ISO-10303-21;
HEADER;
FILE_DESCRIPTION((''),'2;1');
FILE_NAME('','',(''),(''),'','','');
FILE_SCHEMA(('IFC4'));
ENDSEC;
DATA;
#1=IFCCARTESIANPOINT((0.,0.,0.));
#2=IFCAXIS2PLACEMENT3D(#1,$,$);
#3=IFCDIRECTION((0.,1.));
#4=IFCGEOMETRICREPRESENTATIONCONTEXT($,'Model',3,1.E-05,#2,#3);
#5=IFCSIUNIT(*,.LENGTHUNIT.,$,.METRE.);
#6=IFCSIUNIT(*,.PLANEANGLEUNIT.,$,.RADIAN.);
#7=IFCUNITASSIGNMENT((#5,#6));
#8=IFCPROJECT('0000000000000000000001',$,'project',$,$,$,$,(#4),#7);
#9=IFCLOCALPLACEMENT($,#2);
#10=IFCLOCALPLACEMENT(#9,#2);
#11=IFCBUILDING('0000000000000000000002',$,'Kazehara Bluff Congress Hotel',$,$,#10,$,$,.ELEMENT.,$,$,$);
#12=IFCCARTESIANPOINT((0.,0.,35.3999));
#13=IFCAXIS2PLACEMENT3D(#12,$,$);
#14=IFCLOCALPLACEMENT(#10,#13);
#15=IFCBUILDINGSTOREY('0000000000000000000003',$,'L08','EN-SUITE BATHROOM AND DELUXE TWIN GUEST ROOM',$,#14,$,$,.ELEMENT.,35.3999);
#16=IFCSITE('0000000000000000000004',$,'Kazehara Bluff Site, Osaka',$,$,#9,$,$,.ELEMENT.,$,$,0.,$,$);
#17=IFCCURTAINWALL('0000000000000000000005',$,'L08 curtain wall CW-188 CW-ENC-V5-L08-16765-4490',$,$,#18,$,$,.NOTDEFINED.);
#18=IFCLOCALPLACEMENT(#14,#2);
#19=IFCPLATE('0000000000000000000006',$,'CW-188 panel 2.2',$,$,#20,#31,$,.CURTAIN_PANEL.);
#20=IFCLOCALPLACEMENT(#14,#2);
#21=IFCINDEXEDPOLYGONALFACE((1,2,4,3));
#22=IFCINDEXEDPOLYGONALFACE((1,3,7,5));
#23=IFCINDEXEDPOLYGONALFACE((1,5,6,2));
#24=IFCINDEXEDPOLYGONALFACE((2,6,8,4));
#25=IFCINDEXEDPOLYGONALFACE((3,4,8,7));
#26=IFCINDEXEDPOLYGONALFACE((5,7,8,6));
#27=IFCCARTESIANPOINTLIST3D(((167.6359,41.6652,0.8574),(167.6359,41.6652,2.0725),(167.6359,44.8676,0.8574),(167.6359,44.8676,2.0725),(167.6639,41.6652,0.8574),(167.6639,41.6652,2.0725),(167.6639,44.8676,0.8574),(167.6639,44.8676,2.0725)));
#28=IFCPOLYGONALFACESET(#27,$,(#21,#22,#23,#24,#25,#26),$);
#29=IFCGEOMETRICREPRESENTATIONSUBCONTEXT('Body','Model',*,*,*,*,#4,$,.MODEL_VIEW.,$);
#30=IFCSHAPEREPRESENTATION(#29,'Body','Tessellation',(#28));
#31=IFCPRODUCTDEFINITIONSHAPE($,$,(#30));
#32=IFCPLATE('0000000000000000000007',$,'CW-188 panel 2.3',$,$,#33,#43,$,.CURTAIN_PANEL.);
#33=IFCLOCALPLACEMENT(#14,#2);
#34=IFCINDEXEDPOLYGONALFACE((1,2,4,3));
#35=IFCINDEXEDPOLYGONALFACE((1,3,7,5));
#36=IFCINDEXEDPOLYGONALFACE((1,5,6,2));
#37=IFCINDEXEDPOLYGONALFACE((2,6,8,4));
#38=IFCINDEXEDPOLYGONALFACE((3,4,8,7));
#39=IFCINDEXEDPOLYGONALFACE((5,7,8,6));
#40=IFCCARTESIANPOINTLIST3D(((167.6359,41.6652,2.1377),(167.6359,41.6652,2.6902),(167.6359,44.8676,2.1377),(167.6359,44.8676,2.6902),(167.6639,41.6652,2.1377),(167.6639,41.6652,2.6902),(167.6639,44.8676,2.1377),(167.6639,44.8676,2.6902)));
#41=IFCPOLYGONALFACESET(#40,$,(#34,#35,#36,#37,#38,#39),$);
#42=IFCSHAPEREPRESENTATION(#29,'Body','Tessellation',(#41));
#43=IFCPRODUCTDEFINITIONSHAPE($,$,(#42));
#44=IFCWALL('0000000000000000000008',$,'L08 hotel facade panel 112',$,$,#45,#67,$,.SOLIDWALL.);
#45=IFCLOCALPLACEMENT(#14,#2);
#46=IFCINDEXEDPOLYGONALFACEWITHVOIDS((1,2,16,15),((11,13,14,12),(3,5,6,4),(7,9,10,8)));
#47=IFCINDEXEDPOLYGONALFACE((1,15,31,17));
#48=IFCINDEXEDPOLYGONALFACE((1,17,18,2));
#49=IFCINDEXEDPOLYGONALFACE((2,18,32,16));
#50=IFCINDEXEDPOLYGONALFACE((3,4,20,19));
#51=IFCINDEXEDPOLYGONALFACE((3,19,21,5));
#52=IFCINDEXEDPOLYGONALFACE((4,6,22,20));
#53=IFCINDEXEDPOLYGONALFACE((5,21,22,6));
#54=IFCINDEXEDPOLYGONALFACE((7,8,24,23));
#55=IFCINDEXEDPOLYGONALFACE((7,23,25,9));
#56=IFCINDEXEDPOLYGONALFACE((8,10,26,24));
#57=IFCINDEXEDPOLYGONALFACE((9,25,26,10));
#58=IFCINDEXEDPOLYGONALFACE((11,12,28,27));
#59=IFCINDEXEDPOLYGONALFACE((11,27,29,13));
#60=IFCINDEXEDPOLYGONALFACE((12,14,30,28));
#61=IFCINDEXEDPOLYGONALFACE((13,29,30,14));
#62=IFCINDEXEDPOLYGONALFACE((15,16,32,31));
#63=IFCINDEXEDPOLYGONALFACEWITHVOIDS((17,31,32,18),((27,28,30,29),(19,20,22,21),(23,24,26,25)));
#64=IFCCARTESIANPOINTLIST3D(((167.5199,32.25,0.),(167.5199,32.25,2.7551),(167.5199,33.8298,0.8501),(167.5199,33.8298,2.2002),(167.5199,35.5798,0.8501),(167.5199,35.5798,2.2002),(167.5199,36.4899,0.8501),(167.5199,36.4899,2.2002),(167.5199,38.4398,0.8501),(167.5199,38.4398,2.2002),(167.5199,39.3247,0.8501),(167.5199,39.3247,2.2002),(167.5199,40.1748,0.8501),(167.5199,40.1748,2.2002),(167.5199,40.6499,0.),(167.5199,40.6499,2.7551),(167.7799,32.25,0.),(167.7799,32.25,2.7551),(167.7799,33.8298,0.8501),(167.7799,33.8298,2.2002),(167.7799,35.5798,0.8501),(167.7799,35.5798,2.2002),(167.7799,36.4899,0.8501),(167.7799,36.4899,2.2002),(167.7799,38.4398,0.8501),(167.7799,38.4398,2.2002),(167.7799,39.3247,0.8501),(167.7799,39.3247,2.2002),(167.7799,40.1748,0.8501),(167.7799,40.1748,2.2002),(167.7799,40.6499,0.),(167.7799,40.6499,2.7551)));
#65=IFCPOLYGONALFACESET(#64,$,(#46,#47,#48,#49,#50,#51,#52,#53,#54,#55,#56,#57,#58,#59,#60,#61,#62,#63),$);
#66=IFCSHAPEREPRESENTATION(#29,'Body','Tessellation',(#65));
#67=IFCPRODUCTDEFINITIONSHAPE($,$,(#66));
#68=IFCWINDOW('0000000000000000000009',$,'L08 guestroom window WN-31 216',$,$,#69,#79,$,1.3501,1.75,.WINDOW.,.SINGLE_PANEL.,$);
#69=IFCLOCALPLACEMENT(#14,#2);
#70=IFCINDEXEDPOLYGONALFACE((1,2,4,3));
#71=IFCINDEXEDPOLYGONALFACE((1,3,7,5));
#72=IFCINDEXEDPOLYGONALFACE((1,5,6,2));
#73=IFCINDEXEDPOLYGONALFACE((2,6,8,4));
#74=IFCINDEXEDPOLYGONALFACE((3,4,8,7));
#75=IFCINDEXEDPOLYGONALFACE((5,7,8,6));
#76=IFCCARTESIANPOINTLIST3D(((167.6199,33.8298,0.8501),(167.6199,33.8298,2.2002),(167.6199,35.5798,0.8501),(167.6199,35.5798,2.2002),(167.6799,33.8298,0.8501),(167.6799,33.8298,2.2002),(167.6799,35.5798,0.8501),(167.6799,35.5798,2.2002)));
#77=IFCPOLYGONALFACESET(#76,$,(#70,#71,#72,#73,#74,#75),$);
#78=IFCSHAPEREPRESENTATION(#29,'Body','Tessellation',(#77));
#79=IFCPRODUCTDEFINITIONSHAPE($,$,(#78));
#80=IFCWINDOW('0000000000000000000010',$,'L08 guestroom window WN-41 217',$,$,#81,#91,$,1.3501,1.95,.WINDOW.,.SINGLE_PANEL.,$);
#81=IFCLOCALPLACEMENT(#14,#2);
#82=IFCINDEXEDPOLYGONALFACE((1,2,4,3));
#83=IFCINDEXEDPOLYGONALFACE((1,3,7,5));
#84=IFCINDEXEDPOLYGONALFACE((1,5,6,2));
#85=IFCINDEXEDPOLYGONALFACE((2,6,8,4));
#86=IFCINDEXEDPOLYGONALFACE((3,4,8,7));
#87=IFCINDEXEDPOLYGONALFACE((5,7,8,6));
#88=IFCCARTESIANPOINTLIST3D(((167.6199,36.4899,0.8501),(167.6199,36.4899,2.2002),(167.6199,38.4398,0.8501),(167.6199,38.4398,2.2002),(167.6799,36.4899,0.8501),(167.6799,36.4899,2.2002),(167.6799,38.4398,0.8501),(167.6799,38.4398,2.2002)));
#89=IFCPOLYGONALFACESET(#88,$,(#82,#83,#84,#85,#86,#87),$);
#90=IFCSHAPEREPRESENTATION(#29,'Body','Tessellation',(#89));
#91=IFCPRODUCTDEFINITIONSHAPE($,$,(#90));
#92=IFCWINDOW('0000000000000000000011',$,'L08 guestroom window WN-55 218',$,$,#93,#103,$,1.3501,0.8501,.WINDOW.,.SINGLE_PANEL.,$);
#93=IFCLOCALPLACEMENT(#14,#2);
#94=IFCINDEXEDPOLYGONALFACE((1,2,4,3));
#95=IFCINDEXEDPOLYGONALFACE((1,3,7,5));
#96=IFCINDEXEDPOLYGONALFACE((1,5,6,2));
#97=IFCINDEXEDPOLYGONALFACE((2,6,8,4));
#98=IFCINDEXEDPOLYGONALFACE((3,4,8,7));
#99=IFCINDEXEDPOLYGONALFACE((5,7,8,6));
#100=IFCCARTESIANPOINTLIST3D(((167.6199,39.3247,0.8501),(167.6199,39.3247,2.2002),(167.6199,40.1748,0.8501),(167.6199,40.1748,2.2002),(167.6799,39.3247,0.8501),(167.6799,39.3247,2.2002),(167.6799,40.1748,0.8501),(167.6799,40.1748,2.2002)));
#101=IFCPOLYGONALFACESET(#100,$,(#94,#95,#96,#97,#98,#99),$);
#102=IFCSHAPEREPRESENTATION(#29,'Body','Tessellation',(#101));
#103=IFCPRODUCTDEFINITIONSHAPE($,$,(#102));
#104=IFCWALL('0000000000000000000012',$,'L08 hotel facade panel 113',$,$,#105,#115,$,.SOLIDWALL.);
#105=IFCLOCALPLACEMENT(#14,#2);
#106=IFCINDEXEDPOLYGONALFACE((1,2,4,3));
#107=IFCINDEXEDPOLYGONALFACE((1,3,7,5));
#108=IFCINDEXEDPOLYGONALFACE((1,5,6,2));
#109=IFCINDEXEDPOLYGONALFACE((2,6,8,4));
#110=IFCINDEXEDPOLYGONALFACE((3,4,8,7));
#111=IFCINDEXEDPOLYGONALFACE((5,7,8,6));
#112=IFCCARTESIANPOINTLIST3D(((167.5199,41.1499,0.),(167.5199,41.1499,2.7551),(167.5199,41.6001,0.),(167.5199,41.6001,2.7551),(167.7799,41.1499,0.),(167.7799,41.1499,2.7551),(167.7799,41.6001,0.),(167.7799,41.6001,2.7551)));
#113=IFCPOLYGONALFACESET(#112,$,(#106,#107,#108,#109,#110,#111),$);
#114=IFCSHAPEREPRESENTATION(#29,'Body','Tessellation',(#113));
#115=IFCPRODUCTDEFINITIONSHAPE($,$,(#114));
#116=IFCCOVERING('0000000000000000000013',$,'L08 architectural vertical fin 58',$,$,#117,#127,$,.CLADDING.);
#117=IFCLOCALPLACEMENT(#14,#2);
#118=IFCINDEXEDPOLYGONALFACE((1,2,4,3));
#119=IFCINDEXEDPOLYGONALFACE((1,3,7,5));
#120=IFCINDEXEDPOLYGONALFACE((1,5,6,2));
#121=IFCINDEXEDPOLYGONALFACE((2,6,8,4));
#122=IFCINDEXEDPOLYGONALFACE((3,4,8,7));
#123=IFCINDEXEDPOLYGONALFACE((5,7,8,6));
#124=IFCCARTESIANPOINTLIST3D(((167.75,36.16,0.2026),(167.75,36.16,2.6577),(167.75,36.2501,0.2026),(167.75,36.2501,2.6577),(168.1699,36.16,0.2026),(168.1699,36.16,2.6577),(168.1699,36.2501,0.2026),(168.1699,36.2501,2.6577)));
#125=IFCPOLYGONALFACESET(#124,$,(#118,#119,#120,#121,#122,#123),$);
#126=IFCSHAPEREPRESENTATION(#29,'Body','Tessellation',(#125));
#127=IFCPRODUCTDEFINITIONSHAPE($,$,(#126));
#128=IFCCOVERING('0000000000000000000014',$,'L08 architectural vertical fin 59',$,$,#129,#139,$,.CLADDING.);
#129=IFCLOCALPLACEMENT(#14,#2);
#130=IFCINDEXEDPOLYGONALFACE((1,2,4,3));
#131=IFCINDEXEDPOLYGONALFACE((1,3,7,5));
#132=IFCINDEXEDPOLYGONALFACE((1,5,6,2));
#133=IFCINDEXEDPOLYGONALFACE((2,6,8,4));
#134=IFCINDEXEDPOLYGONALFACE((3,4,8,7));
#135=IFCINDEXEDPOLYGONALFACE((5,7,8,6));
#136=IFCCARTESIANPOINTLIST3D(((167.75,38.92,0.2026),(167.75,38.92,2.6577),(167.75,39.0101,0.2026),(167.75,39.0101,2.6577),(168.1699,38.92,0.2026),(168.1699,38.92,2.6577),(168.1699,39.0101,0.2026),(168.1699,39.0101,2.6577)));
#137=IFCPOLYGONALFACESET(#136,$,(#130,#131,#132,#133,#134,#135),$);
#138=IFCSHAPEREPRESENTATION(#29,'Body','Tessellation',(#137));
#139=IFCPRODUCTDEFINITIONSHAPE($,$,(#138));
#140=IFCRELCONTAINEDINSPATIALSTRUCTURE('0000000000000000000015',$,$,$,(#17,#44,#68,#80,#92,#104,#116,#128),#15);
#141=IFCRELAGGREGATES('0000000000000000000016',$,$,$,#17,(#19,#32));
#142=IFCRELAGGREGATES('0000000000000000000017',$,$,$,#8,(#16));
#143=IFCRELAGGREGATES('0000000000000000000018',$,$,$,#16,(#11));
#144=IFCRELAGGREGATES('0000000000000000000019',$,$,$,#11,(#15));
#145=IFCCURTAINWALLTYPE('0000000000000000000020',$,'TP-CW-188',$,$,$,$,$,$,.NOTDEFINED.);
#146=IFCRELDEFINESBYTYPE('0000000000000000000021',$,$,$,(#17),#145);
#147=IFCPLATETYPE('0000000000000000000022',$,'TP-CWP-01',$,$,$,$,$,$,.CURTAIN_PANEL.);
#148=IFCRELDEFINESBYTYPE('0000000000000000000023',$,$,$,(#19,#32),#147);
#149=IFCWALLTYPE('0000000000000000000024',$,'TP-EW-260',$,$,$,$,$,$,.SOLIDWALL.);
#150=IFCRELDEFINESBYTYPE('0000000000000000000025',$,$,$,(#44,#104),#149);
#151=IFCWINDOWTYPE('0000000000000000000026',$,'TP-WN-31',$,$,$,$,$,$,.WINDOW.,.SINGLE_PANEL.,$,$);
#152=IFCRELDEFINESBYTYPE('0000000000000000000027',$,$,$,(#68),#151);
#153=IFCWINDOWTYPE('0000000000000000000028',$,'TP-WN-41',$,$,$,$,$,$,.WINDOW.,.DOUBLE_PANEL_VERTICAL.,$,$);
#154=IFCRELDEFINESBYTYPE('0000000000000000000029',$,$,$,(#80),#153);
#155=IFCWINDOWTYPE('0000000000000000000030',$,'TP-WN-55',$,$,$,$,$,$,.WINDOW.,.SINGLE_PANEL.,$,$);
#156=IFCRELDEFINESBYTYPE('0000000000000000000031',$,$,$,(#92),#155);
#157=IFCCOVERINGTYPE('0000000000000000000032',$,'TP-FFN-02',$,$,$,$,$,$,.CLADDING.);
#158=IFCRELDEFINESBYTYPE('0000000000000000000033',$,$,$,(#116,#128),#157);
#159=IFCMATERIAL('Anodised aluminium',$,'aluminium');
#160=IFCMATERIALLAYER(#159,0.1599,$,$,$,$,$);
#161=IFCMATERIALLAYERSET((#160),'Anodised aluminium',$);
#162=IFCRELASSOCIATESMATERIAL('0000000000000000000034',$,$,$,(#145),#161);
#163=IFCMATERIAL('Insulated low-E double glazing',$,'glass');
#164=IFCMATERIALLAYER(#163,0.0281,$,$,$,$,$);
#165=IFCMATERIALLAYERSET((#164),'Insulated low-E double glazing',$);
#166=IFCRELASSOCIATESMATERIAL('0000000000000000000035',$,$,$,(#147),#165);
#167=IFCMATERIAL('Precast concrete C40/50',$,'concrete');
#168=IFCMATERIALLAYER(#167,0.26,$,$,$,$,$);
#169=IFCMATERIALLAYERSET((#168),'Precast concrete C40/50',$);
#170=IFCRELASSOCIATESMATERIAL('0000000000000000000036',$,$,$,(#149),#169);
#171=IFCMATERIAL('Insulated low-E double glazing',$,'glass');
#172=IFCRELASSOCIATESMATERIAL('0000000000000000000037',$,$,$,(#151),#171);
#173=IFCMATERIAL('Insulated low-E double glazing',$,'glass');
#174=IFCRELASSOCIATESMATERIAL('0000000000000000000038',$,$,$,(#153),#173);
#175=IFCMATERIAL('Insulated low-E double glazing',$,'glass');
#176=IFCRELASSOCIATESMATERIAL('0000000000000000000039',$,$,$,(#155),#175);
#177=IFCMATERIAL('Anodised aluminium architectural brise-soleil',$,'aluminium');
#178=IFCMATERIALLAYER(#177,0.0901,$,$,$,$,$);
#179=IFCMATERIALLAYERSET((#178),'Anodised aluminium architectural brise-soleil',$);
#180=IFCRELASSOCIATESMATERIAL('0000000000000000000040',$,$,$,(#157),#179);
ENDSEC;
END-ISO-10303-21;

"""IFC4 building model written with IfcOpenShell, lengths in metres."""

from ifc_helpers import new_model, si_unit, direction, frame, frame_2d, origin, origin_2d, place, context, subcontext, project, spatial, rectangle, extrude, material, layer, layer_set, type_object, element, fill, aggregate, save


model = new_model("IFC4")

# Units and contexts
model_context = context("Model", 3, precision=1e-05, world=origin(), true_north=direction((0.0, 1.0)))
body_context = subcontext(model_context, "Body", "Model", "MODEL_VIEW")
ifc_project = project(units=[si_unit("LENGTHUNIT", "METRE"), si_unit("PLANEANGLEUNIT", "RADIAN")], contexts=[model_context])

# Site, building, storey
site_placement = place(None, origin())
site = spatial("IfcSite", under=ifc_project, at=site_placement, Name="Kazehara Bluff Site, Osaka", CompositionType="ELEMENT", RefElevation=0.0)
building_placement = place(site_placement, origin())
building = spatial("IfcBuilding", under=site, at=building_placement, Name="Kazehara Bluff Congress Hotel", CompositionType="ELEMENT")
storey_placement = place(building_placement, frame((0.0, 0.0, 35.3999)))
storey = spatial("IfcBuildingStorey", under=building, at=storey_placement, Name="L08", Description="EN-SUITE BATHROOM AND DELUXE TWIN GUEST ROOM", CompositionType="ELEMENT", Elevation=35.3999)

# Curtain wall, plates
ifc_material_1 = material(Name="Anodised aluminium", Category="aluminium")
ifc_layer_1 = layer(ifc_material_1, 0.1599)
ifc_layer_set_1 = layer_set([ifc_layer_1], Name="Anodised aluminium")
curtain_wall_type = type_object("IfcCurtainWallType", Name="TP-CW-188", PredefinedType="NOTDEFINED", material=ifc_layer_set_1)
curtain_wall_placement = place(storey_placement, origin())
curtain_wall = element("IfcCurtainWall", 1, at=curtain_wall_placement, inside=storey, type_object=curtain_wall_type, Name="L08 curtain wall CW-188 CW-ENC-V5-L08-16765-4490", PredefinedType="NOTDEFINED")
ifc_material_2 = material(Name="Insulated low-E double glazing", Category="glass")
ifc_layer_2 = layer(ifc_material_2, 0.0281)
ifc_layer_set_2 = layer_set([ifc_layer_2], Name="Insulated low-E double glazing")
plate_type = type_object("IfcPlateType", Name="TP-CWP-01", PredefinedType="CURTAIN_PANEL", material=ifc_layer_set_2)
plate_1_placement = place(storey_placement, frame((167.6499, 43.2664, 0.8574), z_axis=(0.0, 0.0, 1.0), x_axis=(0.0, -1.0, 0.0)))
plate_1 = element("IfcPlate", 2, at=plate_1_placement, type_object=plate_type, Name="CW-188 panel 2.2", PredefinedType="CURTAIN_PANEL", context=body_context, shape_type="SweptSolid", body=[
    extrude(rectangle(XDim=3.2024, YDim=0.0281, at=origin_2d()), origin(), (0.0, 0.0, 1.0), 1.2151),
])
plate_2_placement = place(storey_placement, frame((167.6499, 43.2664, 2.1377), z_axis=(0.0, 0.0, 1.0), x_axis=(0.0, -1.0, 0.0)))
plate_2 = element("IfcPlate", 3, at=plate_2_placement, type_object=plate_type, Name="CW-188 panel 2.3", PredefinedType="CURTAIN_PANEL", context=body_context, shape_type="SweptSolid", body=[
    extrude(rectangle(XDim=3.2024, YDim=0.0281, at=origin_2d()), origin(), (0.0, 0.0, 1.0), 0.5525),
])
aggregate(curtain_wall, [plate_1, plate_2])

# Wall, openings, windows
ifc_material_3 = material(Name="Precast concrete C40/50", Category="concrete")
ifc_layer_3 = layer(ifc_material_3, 0.26)
ifc_layer_set_3 = layer_set([ifc_layer_3], Name="Precast concrete C40/50")
wall_type = type_object("IfcWallType", Name="TP-EW-260", PredefinedType="SOLIDWALL", material=ifc_layer_set_3)
wall_1_placement = place(storey_placement, frame((167.6499, 40.6499, 0.0), z_axis=(0.0, 0.0, 1.0), x_axis=(0.0, -1.0, 0.0)))
wall_1 = element("IfcWall", 4, at=wall_1_placement, inside=storey, type_object=wall_type, Name="L08 hotel facade panel 112", PredefinedType="SOLIDWALL", context=body_context, shape_type="SweptSolid", body=[
    extrude(rectangle(XDim=8.3999, YDim=0.26, at=frame_2d((4.2, 0.0))), origin(), (0.0, 0.0, 1.0), 2.7551),
])
opening_1_placement = place(wall_1_placement, frame((5.0701, 0.0, 0.8501)))
opening_1 = element("IfcOpeningElement", 5, at=opening_1_placement, cuts=wall_1, PredefinedType="OPENING", context=body_context, shape_type="SweptSolid", body=[
    extrude(rectangle(XDim=1.75, YDim=1.3501, at=frame_2d((0.875, 0.675))), frame((0.0, 0.1399, 0.0), z_axis=(0.0, -1.0, 0.0), x_axis=(1.0, 0.0, 0.0)), (0.0, 0.0, 1.0), 0.28),
])
opening_2_placement = place(wall_1_placement, frame((2.21, 0.0, 0.8501)))
opening_2 = element("IfcOpeningElement", 6, at=opening_2_placement, cuts=wall_1, PredefinedType="OPENING", context=body_context, shape_type="SweptSolid", body=[
    extrude(rectangle(XDim=1.95, YDim=1.3501, at=frame_2d((0.9751, 0.675))), frame((0.0, 0.1399, 0.0), z_axis=(0.0, -1.0, 0.0), x_axis=(1.0, 0.0, 0.0)), (0.0, 0.0, 1.0), 0.28),
])
opening_3_placement = place(wall_1_placement, frame((0.4751, 0.0, 0.8501)))
opening_3 = element("IfcOpeningElement", 7, at=opening_3_placement, cuts=wall_1, PredefinedType="OPENING", context=body_context, shape_type="SweptSolid", body=[
    extrude(rectangle(XDim=0.8501, YDim=1.3501, at=frame_2d((0.425, 0.675))), frame((0.0, 0.1399, 0.0), z_axis=(0.0, -1.0, 0.0), x_axis=(1.0, 0.0, 0.0)), (0.0, 0.0, 1.0), 0.28),
])
ifc_material_4 = material(Name="Insulated low-E double glazing", Category="glass")
window_type_1 = type_object("IfcWindowType", Name="TP-WN-31", PartitioningType="SINGLE_PANEL", PredefinedType="WINDOW", material=ifc_material_4)
window_1_placement = place(opening_1_placement, origin())
window_1 = element("IfcWindow", 8, at=window_1_placement, inside=storey, type_object=window_type_1, Name="L08 guestroom window WN-31 216", OverallHeight=1.3501, OverallWidth=1.75, PartitioningType="SINGLE_PANEL", PredefinedType="WINDOW", context=body_context, shape_type="SweptSolid", body=[
    extrude(rectangle(XDim=1.75, YDim=1.3501, at=frame_2d((0.875, 0.675))), frame((0.0, 0.03, 0.0), z_axis=(0.0, -1.0, 0.0), x_axis=(1.0, 0.0, 0.0)), (0.0, 0.0, 1.0), 0.0601),
])
fill(opening_1, window_1)
ifc_material_5 = material(Name="Insulated low-E double glazing", Category="glass")
window_type_2 = type_object("IfcWindowType", Name="TP-WN-41", PartitioningType="DOUBLE_PANEL_VERTICAL", PredefinedType="WINDOW", material=ifc_material_5)
window_2_placement = place(opening_2_placement, origin())
window_2 = element("IfcWindow", 9, at=window_2_placement, inside=storey, type_object=window_type_2, Name="L08 guestroom window WN-41 217", OverallHeight=1.3501, OverallWidth=1.95, PartitioningType="SINGLE_PANEL", PredefinedType="WINDOW", context=body_context, shape_type="SweptSolid", body=[
    extrude(rectangle(XDim=1.95, YDim=1.3501, at=frame_2d((0.9751, 0.675))), frame((0.0, 0.03, 0.0), z_axis=(0.0, -1.0, 0.0), x_axis=(1.0, 0.0, 0.0)), (0.0, 0.0, 1.0), 0.0601),
])
fill(opening_2, window_2)
ifc_material_6 = material(Name="Insulated low-E double glazing", Category="glass")
window_type_3 = type_object("IfcWindowType", Name="TP-WN-55", PartitioningType="SINGLE_PANEL", PredefinedType="WINDOW", material=ifc_material_6)
window_3_placement = place(opening_3_placement, origin())
window_3 = element("IfcWindow", 10, at=window_3_placement, inside=storey, type_object=window_type_3, Name="L08 guestroom window WN-55 218", OverallHeight=1.3501, OverallWidth=0.8501, PartitioningType="SINGLE_PANEL", PredefinedType="WINDOW", context=body_context, shape_type="SweptSolid", body=[
    extrude(rectangle(XDim=0.8501, YDim=1.3501, at=frame_2d((0.425, 0.675))), frame((0.0, 0.03, 0.0), z_axis=(0.0, -1.0, 0.0), x_axis=(1.0, 0.0, 0.0)), (0.0, 0.0, 1.0), 0.0601),
])
fill(opening_3, window_3)

# Wall
wall_2_placement = place(storey_placement, frame((167.6499, 41.6001, 0.0), z_axis=(0.0, 0.0, 1.0), x_axis=(0.0, -1.0, 0.0)))
element("IfcWall", 11, at=wall_2_placement, inside=storey, type_object=wall_type, Name="L08 hotel facade panel 113", PredefinedType="SOLIDWALL", context=body_context, shape_type="SweptSolid", body=[
    extrude(rectangle(XDim=0.4502, YDim=0.26, at=frame_2d((0.2251, 0.0))), origin(), (0.0, 0.0, 1.0), 2.7551),
])

# Coverings
ifc_material_7 = material(Name="Anodised aluminium architectural brise-soleil", Category="aluminium")
ifc_layer_4 = layer(ifc_material_7, 0.0901)
ifc_layer_set_4 = layer_set([ifc_layer_4], Name="Anodised aluminium architectural brise-soleil")
covering_type = type_object("IfcCoveringType", Name="TP-FFN-02", PredefinedType="CLADDING", material=ifc_layer_set_4)
for number, where, z_axis, x_axis, name in (
    (12, (167.96, 36.2051, 0.2026), (0.0, 0.0, 1.0), (1.0, 0.0, 0.0), "L08 architectural vertical fin 58"),
    (13, (167.96, 38.9651, 0.2026), (0.0, 0.0, 1.0), (1.0, 0.0, 0.0), "L08 architectural vertical fin 59"),
):
    element("IfcCovering", number, at=place(storey_placement, frame(where, z_axis=z_axis, x_axis=x_axis)), inside=storey, type_object=covering_type, Name=name, PredefinedType="CLADDING", context=body_context, shape_type="SweptSolid", body=[
        extrude(rectangle(XDim=0.4199, YDim=0.0901, at=origin_2d()), origin(), (0.0, 0.0, 1.0), 2.4551),
    ])

save(model, "model.ifc")
